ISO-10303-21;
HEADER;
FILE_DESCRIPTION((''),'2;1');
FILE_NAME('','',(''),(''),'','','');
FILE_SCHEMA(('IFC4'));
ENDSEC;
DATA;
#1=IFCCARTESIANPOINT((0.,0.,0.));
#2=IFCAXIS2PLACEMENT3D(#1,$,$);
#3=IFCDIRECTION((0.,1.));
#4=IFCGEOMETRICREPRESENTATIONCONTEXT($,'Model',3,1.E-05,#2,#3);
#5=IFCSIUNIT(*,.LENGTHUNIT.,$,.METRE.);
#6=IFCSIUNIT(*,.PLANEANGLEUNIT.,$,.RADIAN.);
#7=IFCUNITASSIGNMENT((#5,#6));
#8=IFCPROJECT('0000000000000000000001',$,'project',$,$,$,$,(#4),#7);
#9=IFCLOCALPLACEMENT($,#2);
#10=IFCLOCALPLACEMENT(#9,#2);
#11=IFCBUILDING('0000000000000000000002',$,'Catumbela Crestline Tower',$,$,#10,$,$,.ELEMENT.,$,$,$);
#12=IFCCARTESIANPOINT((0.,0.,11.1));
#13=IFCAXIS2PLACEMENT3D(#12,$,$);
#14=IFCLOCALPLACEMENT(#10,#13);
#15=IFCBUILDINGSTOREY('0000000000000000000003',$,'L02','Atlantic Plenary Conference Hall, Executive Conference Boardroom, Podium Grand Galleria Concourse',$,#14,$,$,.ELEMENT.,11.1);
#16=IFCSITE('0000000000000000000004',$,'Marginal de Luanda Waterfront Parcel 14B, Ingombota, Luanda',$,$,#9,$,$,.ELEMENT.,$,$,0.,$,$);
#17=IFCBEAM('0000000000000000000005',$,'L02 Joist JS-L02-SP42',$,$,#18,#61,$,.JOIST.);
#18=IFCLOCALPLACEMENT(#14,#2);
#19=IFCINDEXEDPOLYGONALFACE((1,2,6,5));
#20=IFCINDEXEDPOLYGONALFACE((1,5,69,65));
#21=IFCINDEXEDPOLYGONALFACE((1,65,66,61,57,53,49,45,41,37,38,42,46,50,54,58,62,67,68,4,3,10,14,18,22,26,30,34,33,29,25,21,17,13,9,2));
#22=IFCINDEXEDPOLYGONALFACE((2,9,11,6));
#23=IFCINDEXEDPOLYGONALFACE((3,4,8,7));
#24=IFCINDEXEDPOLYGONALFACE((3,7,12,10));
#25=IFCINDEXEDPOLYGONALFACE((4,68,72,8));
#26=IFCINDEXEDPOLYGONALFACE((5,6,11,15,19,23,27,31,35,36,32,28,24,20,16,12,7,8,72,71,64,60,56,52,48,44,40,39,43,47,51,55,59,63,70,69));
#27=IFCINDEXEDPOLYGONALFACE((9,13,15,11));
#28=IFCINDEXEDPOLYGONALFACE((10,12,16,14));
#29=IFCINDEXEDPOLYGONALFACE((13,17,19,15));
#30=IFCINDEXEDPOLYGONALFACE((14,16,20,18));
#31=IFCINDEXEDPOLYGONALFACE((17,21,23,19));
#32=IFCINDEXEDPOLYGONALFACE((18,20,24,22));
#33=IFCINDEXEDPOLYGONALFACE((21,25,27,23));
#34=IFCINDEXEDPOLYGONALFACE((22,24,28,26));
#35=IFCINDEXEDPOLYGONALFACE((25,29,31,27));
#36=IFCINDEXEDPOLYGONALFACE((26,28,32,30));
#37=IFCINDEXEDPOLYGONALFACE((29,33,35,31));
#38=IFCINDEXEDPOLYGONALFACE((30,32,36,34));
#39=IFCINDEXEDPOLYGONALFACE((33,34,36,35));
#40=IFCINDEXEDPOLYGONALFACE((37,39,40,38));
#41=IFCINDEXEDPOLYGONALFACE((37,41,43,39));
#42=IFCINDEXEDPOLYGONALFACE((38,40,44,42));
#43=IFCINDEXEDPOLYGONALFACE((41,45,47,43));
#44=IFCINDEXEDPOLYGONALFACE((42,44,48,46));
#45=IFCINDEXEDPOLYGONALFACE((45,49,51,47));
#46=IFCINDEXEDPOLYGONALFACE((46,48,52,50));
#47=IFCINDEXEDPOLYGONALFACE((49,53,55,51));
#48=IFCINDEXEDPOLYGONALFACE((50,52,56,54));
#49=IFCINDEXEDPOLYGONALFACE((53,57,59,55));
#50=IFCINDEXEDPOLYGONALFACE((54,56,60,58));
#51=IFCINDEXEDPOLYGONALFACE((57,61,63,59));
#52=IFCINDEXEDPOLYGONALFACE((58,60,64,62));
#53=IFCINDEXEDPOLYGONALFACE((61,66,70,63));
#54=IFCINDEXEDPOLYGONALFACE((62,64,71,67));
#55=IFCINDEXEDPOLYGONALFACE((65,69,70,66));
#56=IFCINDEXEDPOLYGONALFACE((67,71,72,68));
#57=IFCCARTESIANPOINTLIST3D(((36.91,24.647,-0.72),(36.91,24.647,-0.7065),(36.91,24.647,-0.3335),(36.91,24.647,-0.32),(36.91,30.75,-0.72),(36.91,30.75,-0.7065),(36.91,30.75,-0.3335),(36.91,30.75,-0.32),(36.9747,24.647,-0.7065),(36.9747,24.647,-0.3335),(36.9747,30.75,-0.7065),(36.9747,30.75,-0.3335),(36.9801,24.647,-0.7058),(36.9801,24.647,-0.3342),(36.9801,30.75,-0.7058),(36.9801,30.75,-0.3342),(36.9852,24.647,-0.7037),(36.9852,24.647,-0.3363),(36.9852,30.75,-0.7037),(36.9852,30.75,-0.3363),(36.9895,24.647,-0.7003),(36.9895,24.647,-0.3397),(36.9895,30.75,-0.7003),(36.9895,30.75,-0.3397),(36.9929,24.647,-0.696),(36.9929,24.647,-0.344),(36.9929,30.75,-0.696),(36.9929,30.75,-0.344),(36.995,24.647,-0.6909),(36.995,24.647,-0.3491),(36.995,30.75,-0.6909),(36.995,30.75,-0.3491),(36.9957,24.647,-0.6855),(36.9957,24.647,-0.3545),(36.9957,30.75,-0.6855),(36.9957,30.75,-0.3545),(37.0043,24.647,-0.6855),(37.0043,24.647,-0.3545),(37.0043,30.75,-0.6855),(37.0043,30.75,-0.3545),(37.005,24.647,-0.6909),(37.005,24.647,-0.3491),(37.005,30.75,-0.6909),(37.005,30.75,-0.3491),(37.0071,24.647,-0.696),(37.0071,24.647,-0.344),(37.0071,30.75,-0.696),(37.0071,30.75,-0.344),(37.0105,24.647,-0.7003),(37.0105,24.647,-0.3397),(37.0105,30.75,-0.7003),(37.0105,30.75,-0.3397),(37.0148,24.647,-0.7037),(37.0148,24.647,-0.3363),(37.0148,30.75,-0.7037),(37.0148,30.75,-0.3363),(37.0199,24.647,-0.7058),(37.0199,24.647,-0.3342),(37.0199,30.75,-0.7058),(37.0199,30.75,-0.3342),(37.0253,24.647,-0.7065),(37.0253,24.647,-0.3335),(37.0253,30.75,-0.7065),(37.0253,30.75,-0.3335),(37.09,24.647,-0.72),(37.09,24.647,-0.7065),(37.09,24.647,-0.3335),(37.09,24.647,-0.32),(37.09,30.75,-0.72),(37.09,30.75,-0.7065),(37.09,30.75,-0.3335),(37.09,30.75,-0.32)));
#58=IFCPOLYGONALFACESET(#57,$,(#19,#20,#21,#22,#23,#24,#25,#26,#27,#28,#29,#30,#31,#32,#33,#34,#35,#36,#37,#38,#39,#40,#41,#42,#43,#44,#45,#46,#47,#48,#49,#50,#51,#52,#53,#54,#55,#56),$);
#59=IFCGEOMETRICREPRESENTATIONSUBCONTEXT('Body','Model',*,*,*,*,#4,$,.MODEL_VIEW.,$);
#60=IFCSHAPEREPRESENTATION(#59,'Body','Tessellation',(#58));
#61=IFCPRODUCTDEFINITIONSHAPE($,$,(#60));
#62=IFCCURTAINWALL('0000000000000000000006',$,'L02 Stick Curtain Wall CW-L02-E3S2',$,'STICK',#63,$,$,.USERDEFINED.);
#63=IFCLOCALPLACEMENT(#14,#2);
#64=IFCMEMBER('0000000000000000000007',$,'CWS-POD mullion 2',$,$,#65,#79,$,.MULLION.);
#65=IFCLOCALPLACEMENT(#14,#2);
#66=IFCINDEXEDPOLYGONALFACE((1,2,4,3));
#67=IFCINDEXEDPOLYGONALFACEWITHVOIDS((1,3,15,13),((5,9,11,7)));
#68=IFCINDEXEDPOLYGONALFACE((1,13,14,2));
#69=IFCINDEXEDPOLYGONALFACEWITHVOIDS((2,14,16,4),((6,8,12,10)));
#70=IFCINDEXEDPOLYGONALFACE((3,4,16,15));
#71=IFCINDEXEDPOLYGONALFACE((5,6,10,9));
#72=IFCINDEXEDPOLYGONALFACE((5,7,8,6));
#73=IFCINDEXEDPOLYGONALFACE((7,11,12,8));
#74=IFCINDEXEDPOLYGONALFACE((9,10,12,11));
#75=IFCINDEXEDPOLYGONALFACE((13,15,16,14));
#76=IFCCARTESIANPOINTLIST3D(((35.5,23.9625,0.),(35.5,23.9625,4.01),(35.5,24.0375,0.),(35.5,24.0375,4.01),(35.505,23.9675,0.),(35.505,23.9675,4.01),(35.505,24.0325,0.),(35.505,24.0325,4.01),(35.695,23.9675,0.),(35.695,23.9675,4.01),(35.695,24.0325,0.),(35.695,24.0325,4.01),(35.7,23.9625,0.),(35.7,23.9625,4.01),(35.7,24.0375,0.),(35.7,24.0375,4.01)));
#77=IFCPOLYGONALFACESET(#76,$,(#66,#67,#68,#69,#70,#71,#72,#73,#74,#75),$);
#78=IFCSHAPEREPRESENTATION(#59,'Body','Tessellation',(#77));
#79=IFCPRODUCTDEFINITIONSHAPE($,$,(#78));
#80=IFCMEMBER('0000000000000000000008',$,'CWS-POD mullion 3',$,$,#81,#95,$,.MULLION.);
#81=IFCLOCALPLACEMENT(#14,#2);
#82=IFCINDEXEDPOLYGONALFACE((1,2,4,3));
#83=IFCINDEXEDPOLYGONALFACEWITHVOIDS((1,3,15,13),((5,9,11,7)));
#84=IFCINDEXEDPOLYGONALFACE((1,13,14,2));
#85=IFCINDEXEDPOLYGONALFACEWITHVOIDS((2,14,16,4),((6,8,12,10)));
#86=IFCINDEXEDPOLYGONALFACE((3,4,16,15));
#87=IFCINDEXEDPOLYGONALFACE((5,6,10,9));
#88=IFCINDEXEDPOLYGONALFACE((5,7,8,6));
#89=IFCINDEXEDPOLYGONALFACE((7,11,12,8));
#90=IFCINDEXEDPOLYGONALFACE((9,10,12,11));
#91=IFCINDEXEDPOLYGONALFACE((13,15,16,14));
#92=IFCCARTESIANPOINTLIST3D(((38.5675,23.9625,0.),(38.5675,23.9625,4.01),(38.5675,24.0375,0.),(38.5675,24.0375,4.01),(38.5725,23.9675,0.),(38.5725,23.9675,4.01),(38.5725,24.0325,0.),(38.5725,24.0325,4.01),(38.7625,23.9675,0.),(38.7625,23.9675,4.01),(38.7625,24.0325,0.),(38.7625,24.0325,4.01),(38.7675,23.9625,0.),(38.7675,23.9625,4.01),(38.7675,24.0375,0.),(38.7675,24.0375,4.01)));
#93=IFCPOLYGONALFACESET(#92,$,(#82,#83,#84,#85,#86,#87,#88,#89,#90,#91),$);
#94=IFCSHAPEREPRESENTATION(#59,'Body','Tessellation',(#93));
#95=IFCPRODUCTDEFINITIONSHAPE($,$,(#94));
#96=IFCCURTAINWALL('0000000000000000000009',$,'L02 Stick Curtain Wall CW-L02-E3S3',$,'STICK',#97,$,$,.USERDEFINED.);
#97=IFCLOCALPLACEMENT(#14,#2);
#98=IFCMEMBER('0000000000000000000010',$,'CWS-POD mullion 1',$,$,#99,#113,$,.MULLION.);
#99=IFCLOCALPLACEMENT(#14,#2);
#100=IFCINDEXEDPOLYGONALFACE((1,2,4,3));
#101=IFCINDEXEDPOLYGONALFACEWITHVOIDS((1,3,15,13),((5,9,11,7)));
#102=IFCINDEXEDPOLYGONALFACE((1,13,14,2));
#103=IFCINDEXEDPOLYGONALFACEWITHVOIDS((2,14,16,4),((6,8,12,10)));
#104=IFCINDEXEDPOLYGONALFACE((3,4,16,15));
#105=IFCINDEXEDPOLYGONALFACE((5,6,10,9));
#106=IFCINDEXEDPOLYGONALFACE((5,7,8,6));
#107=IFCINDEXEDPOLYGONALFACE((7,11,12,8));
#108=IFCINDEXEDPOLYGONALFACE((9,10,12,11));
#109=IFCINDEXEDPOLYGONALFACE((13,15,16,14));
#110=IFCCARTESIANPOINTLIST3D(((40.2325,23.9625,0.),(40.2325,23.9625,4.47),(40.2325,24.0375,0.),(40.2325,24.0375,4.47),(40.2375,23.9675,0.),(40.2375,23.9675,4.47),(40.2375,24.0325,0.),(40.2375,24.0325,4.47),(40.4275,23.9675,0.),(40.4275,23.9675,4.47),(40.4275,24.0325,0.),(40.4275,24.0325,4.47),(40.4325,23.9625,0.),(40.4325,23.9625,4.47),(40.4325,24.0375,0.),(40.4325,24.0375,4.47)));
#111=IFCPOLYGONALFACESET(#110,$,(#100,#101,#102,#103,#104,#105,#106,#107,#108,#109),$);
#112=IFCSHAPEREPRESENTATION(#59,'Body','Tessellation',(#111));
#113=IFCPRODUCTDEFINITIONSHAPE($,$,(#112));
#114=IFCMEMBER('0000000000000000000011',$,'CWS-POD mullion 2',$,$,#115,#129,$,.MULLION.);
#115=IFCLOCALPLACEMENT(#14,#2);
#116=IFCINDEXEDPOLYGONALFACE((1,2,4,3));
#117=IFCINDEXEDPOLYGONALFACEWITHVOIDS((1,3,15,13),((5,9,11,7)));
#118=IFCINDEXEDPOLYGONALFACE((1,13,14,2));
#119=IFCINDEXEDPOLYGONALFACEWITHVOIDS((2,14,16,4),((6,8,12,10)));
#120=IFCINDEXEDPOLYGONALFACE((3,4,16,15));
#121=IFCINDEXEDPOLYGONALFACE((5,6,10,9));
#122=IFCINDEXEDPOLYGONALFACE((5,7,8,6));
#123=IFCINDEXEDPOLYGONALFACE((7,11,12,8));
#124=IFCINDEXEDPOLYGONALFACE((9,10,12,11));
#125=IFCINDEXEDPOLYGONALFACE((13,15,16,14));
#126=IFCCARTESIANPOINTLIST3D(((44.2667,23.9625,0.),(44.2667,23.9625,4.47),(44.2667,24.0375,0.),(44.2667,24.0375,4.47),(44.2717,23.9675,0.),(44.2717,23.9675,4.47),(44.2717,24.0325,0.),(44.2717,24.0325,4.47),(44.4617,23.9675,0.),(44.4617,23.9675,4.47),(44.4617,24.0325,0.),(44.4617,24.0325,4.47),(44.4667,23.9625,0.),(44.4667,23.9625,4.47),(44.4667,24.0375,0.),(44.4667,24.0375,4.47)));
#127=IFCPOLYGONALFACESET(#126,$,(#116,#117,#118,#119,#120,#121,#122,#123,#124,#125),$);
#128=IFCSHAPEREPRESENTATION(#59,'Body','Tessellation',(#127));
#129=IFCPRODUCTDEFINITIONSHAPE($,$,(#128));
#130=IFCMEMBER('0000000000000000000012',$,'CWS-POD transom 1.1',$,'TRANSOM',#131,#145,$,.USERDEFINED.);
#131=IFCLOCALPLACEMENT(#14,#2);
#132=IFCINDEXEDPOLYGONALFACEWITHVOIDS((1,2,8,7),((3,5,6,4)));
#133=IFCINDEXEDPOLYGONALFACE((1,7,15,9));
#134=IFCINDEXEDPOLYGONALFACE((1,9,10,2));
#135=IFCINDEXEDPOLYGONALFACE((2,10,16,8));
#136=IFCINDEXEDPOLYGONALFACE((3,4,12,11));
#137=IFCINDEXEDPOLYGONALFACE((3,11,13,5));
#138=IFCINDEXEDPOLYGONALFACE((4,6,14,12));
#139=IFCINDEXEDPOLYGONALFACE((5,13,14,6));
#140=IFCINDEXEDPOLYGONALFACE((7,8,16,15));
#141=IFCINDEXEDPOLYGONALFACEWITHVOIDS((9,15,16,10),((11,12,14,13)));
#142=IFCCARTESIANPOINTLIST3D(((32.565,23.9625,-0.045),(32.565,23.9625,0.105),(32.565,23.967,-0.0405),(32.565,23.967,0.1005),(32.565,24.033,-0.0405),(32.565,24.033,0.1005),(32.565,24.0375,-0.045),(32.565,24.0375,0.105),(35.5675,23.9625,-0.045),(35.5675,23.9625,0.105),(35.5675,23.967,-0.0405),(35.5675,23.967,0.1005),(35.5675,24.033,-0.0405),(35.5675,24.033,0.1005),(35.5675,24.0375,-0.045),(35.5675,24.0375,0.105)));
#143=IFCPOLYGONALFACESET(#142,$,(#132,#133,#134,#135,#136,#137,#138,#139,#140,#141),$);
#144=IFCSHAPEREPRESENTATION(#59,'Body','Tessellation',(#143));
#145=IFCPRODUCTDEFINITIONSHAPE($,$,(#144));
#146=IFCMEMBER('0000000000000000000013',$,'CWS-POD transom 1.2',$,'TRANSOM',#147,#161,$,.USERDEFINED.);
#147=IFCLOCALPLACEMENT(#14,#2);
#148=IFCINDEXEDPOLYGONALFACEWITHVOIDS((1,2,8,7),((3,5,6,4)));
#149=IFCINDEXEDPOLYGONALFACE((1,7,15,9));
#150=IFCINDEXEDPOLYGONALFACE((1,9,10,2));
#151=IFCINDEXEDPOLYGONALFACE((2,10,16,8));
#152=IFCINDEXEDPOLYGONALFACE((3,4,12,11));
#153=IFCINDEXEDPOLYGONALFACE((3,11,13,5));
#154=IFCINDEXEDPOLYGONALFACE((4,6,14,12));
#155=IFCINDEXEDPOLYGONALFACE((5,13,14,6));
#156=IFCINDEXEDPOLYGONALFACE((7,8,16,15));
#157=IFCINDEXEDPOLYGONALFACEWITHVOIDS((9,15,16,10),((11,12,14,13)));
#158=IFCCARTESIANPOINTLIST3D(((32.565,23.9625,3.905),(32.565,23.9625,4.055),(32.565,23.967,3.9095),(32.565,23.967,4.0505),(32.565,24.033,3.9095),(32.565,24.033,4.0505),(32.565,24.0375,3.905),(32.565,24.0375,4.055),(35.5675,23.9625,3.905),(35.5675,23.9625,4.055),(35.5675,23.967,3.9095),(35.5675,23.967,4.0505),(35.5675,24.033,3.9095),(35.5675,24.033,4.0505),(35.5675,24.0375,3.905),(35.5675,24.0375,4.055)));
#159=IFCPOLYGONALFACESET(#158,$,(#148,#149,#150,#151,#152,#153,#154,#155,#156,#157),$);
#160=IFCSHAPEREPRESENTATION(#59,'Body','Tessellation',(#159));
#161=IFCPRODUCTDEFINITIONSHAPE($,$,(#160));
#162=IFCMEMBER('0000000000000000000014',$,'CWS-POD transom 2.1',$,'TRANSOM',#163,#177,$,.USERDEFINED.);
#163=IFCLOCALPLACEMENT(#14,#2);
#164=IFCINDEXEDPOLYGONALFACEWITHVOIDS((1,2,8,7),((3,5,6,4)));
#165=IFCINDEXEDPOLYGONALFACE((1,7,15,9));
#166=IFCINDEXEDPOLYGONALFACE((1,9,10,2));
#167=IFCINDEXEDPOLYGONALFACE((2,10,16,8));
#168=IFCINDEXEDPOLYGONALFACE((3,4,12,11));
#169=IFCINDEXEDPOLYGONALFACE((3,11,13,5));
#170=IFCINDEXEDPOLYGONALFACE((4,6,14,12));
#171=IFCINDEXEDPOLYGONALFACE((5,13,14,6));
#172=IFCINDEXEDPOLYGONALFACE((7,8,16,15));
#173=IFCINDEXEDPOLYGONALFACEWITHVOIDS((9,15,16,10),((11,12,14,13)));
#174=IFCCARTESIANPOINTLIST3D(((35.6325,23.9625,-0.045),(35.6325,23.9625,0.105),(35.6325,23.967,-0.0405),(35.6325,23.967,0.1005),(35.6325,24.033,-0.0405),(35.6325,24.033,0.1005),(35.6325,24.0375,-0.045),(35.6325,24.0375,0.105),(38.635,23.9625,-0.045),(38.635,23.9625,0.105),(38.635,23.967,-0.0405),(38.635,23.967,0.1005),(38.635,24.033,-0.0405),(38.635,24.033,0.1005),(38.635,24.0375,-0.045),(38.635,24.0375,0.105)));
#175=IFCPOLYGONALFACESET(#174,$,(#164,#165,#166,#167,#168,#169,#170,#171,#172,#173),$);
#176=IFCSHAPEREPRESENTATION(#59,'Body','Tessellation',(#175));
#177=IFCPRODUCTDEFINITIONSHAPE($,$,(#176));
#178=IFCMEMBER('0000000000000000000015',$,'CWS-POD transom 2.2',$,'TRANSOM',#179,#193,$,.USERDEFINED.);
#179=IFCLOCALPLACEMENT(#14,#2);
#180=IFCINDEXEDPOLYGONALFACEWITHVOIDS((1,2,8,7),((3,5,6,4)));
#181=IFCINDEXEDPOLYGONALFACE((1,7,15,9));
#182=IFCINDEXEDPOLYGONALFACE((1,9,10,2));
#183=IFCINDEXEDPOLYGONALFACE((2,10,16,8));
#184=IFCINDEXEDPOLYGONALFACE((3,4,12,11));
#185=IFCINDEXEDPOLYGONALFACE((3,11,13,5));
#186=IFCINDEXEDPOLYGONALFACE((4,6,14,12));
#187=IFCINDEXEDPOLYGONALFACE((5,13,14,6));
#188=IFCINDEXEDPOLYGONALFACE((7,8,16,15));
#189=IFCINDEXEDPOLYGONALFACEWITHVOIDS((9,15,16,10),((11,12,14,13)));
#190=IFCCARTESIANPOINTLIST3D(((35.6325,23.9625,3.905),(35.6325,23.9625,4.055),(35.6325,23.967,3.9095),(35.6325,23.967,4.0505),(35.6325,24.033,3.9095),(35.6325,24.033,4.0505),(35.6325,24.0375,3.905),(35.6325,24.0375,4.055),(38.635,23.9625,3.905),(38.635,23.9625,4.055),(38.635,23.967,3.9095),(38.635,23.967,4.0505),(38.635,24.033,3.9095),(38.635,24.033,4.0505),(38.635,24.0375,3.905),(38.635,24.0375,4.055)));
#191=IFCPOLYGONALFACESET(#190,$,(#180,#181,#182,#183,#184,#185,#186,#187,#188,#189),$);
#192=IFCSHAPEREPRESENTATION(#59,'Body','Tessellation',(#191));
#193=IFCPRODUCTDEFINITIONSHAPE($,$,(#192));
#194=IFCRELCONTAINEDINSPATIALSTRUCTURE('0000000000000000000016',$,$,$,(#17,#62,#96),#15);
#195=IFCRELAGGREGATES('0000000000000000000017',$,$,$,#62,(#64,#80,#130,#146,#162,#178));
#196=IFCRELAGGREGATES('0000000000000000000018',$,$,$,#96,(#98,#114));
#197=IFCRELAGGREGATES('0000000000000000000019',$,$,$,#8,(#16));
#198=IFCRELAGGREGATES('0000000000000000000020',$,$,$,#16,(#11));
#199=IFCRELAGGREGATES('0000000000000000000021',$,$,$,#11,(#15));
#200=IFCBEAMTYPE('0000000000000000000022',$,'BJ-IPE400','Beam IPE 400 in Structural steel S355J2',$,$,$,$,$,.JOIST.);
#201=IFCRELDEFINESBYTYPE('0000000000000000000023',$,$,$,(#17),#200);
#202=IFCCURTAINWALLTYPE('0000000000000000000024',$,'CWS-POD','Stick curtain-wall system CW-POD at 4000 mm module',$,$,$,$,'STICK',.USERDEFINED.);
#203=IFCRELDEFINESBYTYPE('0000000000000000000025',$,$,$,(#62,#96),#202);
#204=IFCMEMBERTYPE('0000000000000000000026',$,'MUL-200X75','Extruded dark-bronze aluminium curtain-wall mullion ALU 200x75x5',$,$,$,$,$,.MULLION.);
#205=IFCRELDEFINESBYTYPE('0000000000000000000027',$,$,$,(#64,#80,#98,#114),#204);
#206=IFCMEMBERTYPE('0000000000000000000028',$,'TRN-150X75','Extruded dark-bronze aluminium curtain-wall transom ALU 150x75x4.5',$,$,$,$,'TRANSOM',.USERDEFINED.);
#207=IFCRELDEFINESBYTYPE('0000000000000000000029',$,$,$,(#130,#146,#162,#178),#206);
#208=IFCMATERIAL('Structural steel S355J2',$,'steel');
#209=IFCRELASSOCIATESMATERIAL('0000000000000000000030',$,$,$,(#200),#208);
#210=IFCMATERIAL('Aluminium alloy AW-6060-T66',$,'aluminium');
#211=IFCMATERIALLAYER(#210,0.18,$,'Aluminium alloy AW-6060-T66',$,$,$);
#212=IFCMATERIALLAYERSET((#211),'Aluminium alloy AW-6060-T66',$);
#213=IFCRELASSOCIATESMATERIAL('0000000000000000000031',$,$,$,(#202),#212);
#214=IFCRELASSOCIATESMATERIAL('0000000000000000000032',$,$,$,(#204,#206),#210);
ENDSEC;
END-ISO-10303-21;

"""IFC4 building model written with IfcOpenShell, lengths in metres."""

from ifc_helpers import new_model, si_unit, direction, frame, origin, origin_2d, place, context, subcontext, project, spatial, hollow_rectangle, i_section, extrude, material, layer, layer_set, material_profile, profile_set, type_object, element, aggregate, save


model = new_model("IFC4")

# Units and contexts
model_context = context("Model", 3, precision=1e-05, world=origin(), true_north=direction((0.0, 1.0)))
body_context = subcontext(model_context, "Body", "Model", "MODEL_VIEW")
ifc_project = project(units=[si_unit("LENGTHUNIT", "METRE"), si_unit("PLANEANGLEUNIT", "RADIAN")], contexts=[model_context])

# Site, building, storey
site_placement = place(None, origin())
site = spatial("IfcSite", under=ifc_project, at=site_placement, Name="Marginal de Luanda Waterfront Parcel 14B, Ingombota, Luanda", CompositionType="ELEMENT", RefElevation=0.0)
building_placement = place(site_placement, origin())
building = spatial("IfcBuilding", under=site, at=building_placement, Name="Catumbela Crestline Tower", CompositionType="ELEMENT")
storey_placement = place(building_placement, frame((0.0, 0.0, 11.1)))
storey = spatial("IfcBuildingStorey", under=building, at=storey_placement, Name="L02", Description="Atlantic Plenary Conference Hall, Executive Conference Boardroom, Podium Grand Galleria Concourse", CompositionType="ELEMENT", Elevation=11.1)

# Beam
ifc_material_1 = material(Name="Structural steel S355J2", Category="steel")
ifc_material_profile_1 = material_profile(ifc_material_1, i_section(OverallWidth=0.18, OverallDepth=0.4, WebThickness=0.0086, FlangeThickness=0.0135, FilletRadius=0.021, at=origin_2d()), Name="IPE 400")
ifc_profile_set_1 = profile_set([ifc_material_profile_1], Name="Structural steel S355J2")
beam_type_1 = type_object("IfcBeamType", Name="BJ-IPE400", Description="Beam IPE 400 in Structural steel S355J2", PredefinedType="JOIST", material=ifc_profile_set_1)
for number, where, z_axis, x_axis, name in (
    (1, (37.0, 24.647, -0.52), (0.0, 1.0, 0.0), (-1.0, 0.0, 0.0), "L02 Joist JS-L02-SP42"),
):
    element("IfcBeam", number, at=place(storey_placement, frame(where, z_axis=z_axis, x_axis=x_axis)), inside=storey, type_object=beam_type_1, Name=name, PredefinedType="JOIST", context=body_context, shape_type="SweptSolid", body=[
        extrude(i_section(OverallWidth=0.18, OverallDepth=0.4, WebThickness=0.0086, FlangeThickness=0.0135, FilletRadius=0.021, at=origin_2d()), origin(), (0.0, 0.0, 1.0), 6.103),
    ])

# Curtain walls, members
ifc_material_2 = material(Name="Aluminium alloy AW-6060-T66", Category="aluminium")
ifc_layer_1 = layer(ifc_material_2, 0.18, Name="Aluminium alloy AW-6060-T66")
ifc_layer_set_1 = layer_set([ifc_layer_1], Name="Aluminium alloy AW-6060-T66")
curtain_wall_type = type_object("IfcCurtainWallType", Name="CWS-POD", Description="Stick curtain-wall system CW-POD at 4000 mm module", ElementType="STICK", PredefinedType="USERDEFINED", material=ifc_layer_set_1)
curtain_wall_1_placement = place(storey_placement, origin())
curtain_wall_1 = element("IfcCurtainWall", 2, at=curtain_wall_1_placement, inside=storey, type_object=curtain_wall_type, Name="L02 Stick Curtain Wall CW-L02-E3S2", ObjectType="STICK", PredefinedType="USERDEFINED")
ifc_material_profile_2 = material_profile(ifc_material_2, hollow_rectangle(XDim=0.075, YDim=0.2, WallThickness=0.005, at=origin_2d()), Name="ALU 200x75x5")
ifc_profile_set_2 = profile_set([ifc_material_profile_2], Name="Aluminium alloy AW-6060-T66")
member_type_1 = type_object("IfcMemberType", Name="MUL-200X75", Description="Extruded dark-bronze aluminium curtain-wall mullion ALU 200x75x5", PredefinedType="MULLION", material=ifc_profile_set_2)
member_1_placement = place(storey_placement, frame((35.6, 24.0, 0.0), z_axis=(0.0, 0.0, 1.0), x_axis=(0.0, 1.0, 0.0)))
member_1 = element("IfcMember", 3, at=member_1_placement, type_object=member_type_1, Name="CWS-POD mullion 2", PredefinedType="MULLION", context=body_context, shape_type="SweptSolid", body=[
    extrude(hollow_rectangle(XDim=0.075, YDim=0.2, WallThickness=0.005, at=origin_2d()), origin(), (0.0, 0.0, 1.0), 4.01),
])
member_2_placement = place(storey_placement, frame((38.6675, 24.0, 0.0), z_axis=(0.0, 0.0, 1.0), x_axis=(0.0, 1.0, 0.0)))
member_2 = element("IfcMember", 4, at=member_2_placement, type_object=member_type_1, Name="CWS-POD mullion 3", PredefinedType="MULLION", context=body_context, shape_type="SweptSolid", body=[
    extrude(hollow_rectangle(XDim=0.075, YDim=0.2, WallThickness=0.005, at=origin_2d()), origin(), (0.0, 0.0, 1.0), 4.01),
])
curtain_wall_2_placement = place(storey_placement, origin())
curtain_wall_2 = element("IfcCurtainWall", 5, at=curtain_wall_2_placement, inside=storey, type_object=curtain_wall_type, Name="L02 Stick Curtain Wall CW-L02-E3S3", ObjectType="STICK", PredefinedType="USERDEFINED")
member_3_placement = place(storey_placement, frame((40.3325, 24.0, 0.0), z_axis=(0.0, 0.0, 1.0), x_axis=(0.0, 1.0, 0.0)))
member_3 = element("IfcMember", 6, at=member_3_placement, type_object=member_type_1, Name="CWS-POD mullion 1", PredefinedType="MULLION", context=body_context, shape_type="SweptSolid", body=[
    extrude(hollow_rectangle(XDim=0.075, YDim=0.2, WallThickness=0.005, at=origin_2d()), origin(), (0.0, 0.0, 1.0), 4.47),
])
member_4_placement = place(storey_placement, frame((44.3667, 24.0, 0.0), z_axis=(0.0, 0.0, 1.0), x_axis=(0.0, 1.0, 0.0)))
member_4 = element("IfcMember", 7, at=member_4_placement, type_object=member_type_1, Name="CWS-POD mullion 2", PredefinedType="MULLION", context=body_context, shape_type="SweptSolid", body=[
    extrude(hollow_rectangle(XDim=0.075, YDim=0.2, WallThickness=0.005, at=origin_2d()), origin(), (0.0, 0.0, 1.0), 4.47),
])

# Members
ifc_material_profile_3 = material_profile(ifc_material_2, hollow_rectangle(XDim=0.075, YDim=0.15, WallThickness=0.0045, at=origin_2d()), Name="ALU 150x75x4.5")
ifc_profile_set_3 = profile_set([ifc_material_profile_3], Name="Aluminium alloy AW-6060-T66")
member_type_2 = type_object("IfcMemberType", Name="TRN-150X75", Description="Extruded dark-bronze aluminium curtain-wall transom ALU 150x75x4.5", ElementType="TRANSOM", PredefinedType="USERDEFINED", material=ifc_profile_set_3)
member_5_placement = place(storey_placement, frame((32.565, 24.0, 0.03), z_axis=(1.0, 0.0, 0.0), x_axis=(0.0, 1.0, 0.0)))
member_5 = element("IfcMember", 8, at=member_5_placement, type_object=member_type_2, Name="CWS-POD transom 1.1", ObjectType="TRANSOM", PredefinedType="USERDEFINED", context=body_context, shape_type="SweptSolid", body=[
    extrude(hollow_rectangle(XDim=0.075, YDim=0.15, WallThickness=0.0045, at=origin_2d()), origin(), (0.0, 0.0, 1.0), 3.0025),
])
member_6_placement = place(storey_placement, frame((32.565, 24.0, 3.98), z_axis=(1.0, 0.0, 0.0), x_axis=(0.0, 1.0, 0.0)))
member_6 = element("IfcMember", 9, at=member_6_placement, type_object=member_type_2, Name="CWS-POD transom 1.2", ObjectType="TRANSOM", PredefinedType="USERDEFINED", context=body_context, shape_type="SweptSolid", body=[
    extrude(hollow_rectangle(XDim=0.075, YDim=0.15, WallThickness=0.0045, at=origin_2d()), origin(), (0.0, 0.0, 1.0), 3.0025),
])
member_7_placement = place(storey_placement, frame((35.6325, 24.0, 0.03), z_axis=(1.0, 0.0, 0.0), x_axis=(0.0, 1.0, 0.0)))
member_7 = element("IfcMember", 10, at=member_7_placement, type_object=member_type_2, Name="CWS-POD transom 2.1", ObjectType="TRANSOM", PredefinedType="USERDEFINED", context=body_context, shape_type="SweptSolid", body=[
    extrude(hollow_rectangle(XDim=0.075, YDim=0.15, WallThickness=0.0045, at=origin_2d()), origin(), (0.0, 0.0, 1.0), 3.0025),
])
member_8_placement = place(storey_placement, frame((35.6325, 24.0, 3.98), z_axis=(1.0, 0.0, 0.0), x_axis=(0.0, 1.0, 0.0)))
member_8 = element("IfcMember", 11, at=member_8_placement, type_object=member_type_2, Name="CWS-POD transom 2.2", ObjectType="TRANSOM", PredefinedType="USERDEFINED", context=body_context, shape_type="SweptSolid", body=[
    extrude(hollow_rectangle(XDim=0.075, YDim=0.15, WallThickness=0.0045, at=origin_2d()), origin(), (0.0, 0.0, 1.0), 3.0025),
])

aggregate(curtain_wall_1, [member_1, member_2, member_5, member_6, member_7, member_8])
aggregate(curtain_wall_2, [member_3, member_4])

save(model, "model.ifc")
